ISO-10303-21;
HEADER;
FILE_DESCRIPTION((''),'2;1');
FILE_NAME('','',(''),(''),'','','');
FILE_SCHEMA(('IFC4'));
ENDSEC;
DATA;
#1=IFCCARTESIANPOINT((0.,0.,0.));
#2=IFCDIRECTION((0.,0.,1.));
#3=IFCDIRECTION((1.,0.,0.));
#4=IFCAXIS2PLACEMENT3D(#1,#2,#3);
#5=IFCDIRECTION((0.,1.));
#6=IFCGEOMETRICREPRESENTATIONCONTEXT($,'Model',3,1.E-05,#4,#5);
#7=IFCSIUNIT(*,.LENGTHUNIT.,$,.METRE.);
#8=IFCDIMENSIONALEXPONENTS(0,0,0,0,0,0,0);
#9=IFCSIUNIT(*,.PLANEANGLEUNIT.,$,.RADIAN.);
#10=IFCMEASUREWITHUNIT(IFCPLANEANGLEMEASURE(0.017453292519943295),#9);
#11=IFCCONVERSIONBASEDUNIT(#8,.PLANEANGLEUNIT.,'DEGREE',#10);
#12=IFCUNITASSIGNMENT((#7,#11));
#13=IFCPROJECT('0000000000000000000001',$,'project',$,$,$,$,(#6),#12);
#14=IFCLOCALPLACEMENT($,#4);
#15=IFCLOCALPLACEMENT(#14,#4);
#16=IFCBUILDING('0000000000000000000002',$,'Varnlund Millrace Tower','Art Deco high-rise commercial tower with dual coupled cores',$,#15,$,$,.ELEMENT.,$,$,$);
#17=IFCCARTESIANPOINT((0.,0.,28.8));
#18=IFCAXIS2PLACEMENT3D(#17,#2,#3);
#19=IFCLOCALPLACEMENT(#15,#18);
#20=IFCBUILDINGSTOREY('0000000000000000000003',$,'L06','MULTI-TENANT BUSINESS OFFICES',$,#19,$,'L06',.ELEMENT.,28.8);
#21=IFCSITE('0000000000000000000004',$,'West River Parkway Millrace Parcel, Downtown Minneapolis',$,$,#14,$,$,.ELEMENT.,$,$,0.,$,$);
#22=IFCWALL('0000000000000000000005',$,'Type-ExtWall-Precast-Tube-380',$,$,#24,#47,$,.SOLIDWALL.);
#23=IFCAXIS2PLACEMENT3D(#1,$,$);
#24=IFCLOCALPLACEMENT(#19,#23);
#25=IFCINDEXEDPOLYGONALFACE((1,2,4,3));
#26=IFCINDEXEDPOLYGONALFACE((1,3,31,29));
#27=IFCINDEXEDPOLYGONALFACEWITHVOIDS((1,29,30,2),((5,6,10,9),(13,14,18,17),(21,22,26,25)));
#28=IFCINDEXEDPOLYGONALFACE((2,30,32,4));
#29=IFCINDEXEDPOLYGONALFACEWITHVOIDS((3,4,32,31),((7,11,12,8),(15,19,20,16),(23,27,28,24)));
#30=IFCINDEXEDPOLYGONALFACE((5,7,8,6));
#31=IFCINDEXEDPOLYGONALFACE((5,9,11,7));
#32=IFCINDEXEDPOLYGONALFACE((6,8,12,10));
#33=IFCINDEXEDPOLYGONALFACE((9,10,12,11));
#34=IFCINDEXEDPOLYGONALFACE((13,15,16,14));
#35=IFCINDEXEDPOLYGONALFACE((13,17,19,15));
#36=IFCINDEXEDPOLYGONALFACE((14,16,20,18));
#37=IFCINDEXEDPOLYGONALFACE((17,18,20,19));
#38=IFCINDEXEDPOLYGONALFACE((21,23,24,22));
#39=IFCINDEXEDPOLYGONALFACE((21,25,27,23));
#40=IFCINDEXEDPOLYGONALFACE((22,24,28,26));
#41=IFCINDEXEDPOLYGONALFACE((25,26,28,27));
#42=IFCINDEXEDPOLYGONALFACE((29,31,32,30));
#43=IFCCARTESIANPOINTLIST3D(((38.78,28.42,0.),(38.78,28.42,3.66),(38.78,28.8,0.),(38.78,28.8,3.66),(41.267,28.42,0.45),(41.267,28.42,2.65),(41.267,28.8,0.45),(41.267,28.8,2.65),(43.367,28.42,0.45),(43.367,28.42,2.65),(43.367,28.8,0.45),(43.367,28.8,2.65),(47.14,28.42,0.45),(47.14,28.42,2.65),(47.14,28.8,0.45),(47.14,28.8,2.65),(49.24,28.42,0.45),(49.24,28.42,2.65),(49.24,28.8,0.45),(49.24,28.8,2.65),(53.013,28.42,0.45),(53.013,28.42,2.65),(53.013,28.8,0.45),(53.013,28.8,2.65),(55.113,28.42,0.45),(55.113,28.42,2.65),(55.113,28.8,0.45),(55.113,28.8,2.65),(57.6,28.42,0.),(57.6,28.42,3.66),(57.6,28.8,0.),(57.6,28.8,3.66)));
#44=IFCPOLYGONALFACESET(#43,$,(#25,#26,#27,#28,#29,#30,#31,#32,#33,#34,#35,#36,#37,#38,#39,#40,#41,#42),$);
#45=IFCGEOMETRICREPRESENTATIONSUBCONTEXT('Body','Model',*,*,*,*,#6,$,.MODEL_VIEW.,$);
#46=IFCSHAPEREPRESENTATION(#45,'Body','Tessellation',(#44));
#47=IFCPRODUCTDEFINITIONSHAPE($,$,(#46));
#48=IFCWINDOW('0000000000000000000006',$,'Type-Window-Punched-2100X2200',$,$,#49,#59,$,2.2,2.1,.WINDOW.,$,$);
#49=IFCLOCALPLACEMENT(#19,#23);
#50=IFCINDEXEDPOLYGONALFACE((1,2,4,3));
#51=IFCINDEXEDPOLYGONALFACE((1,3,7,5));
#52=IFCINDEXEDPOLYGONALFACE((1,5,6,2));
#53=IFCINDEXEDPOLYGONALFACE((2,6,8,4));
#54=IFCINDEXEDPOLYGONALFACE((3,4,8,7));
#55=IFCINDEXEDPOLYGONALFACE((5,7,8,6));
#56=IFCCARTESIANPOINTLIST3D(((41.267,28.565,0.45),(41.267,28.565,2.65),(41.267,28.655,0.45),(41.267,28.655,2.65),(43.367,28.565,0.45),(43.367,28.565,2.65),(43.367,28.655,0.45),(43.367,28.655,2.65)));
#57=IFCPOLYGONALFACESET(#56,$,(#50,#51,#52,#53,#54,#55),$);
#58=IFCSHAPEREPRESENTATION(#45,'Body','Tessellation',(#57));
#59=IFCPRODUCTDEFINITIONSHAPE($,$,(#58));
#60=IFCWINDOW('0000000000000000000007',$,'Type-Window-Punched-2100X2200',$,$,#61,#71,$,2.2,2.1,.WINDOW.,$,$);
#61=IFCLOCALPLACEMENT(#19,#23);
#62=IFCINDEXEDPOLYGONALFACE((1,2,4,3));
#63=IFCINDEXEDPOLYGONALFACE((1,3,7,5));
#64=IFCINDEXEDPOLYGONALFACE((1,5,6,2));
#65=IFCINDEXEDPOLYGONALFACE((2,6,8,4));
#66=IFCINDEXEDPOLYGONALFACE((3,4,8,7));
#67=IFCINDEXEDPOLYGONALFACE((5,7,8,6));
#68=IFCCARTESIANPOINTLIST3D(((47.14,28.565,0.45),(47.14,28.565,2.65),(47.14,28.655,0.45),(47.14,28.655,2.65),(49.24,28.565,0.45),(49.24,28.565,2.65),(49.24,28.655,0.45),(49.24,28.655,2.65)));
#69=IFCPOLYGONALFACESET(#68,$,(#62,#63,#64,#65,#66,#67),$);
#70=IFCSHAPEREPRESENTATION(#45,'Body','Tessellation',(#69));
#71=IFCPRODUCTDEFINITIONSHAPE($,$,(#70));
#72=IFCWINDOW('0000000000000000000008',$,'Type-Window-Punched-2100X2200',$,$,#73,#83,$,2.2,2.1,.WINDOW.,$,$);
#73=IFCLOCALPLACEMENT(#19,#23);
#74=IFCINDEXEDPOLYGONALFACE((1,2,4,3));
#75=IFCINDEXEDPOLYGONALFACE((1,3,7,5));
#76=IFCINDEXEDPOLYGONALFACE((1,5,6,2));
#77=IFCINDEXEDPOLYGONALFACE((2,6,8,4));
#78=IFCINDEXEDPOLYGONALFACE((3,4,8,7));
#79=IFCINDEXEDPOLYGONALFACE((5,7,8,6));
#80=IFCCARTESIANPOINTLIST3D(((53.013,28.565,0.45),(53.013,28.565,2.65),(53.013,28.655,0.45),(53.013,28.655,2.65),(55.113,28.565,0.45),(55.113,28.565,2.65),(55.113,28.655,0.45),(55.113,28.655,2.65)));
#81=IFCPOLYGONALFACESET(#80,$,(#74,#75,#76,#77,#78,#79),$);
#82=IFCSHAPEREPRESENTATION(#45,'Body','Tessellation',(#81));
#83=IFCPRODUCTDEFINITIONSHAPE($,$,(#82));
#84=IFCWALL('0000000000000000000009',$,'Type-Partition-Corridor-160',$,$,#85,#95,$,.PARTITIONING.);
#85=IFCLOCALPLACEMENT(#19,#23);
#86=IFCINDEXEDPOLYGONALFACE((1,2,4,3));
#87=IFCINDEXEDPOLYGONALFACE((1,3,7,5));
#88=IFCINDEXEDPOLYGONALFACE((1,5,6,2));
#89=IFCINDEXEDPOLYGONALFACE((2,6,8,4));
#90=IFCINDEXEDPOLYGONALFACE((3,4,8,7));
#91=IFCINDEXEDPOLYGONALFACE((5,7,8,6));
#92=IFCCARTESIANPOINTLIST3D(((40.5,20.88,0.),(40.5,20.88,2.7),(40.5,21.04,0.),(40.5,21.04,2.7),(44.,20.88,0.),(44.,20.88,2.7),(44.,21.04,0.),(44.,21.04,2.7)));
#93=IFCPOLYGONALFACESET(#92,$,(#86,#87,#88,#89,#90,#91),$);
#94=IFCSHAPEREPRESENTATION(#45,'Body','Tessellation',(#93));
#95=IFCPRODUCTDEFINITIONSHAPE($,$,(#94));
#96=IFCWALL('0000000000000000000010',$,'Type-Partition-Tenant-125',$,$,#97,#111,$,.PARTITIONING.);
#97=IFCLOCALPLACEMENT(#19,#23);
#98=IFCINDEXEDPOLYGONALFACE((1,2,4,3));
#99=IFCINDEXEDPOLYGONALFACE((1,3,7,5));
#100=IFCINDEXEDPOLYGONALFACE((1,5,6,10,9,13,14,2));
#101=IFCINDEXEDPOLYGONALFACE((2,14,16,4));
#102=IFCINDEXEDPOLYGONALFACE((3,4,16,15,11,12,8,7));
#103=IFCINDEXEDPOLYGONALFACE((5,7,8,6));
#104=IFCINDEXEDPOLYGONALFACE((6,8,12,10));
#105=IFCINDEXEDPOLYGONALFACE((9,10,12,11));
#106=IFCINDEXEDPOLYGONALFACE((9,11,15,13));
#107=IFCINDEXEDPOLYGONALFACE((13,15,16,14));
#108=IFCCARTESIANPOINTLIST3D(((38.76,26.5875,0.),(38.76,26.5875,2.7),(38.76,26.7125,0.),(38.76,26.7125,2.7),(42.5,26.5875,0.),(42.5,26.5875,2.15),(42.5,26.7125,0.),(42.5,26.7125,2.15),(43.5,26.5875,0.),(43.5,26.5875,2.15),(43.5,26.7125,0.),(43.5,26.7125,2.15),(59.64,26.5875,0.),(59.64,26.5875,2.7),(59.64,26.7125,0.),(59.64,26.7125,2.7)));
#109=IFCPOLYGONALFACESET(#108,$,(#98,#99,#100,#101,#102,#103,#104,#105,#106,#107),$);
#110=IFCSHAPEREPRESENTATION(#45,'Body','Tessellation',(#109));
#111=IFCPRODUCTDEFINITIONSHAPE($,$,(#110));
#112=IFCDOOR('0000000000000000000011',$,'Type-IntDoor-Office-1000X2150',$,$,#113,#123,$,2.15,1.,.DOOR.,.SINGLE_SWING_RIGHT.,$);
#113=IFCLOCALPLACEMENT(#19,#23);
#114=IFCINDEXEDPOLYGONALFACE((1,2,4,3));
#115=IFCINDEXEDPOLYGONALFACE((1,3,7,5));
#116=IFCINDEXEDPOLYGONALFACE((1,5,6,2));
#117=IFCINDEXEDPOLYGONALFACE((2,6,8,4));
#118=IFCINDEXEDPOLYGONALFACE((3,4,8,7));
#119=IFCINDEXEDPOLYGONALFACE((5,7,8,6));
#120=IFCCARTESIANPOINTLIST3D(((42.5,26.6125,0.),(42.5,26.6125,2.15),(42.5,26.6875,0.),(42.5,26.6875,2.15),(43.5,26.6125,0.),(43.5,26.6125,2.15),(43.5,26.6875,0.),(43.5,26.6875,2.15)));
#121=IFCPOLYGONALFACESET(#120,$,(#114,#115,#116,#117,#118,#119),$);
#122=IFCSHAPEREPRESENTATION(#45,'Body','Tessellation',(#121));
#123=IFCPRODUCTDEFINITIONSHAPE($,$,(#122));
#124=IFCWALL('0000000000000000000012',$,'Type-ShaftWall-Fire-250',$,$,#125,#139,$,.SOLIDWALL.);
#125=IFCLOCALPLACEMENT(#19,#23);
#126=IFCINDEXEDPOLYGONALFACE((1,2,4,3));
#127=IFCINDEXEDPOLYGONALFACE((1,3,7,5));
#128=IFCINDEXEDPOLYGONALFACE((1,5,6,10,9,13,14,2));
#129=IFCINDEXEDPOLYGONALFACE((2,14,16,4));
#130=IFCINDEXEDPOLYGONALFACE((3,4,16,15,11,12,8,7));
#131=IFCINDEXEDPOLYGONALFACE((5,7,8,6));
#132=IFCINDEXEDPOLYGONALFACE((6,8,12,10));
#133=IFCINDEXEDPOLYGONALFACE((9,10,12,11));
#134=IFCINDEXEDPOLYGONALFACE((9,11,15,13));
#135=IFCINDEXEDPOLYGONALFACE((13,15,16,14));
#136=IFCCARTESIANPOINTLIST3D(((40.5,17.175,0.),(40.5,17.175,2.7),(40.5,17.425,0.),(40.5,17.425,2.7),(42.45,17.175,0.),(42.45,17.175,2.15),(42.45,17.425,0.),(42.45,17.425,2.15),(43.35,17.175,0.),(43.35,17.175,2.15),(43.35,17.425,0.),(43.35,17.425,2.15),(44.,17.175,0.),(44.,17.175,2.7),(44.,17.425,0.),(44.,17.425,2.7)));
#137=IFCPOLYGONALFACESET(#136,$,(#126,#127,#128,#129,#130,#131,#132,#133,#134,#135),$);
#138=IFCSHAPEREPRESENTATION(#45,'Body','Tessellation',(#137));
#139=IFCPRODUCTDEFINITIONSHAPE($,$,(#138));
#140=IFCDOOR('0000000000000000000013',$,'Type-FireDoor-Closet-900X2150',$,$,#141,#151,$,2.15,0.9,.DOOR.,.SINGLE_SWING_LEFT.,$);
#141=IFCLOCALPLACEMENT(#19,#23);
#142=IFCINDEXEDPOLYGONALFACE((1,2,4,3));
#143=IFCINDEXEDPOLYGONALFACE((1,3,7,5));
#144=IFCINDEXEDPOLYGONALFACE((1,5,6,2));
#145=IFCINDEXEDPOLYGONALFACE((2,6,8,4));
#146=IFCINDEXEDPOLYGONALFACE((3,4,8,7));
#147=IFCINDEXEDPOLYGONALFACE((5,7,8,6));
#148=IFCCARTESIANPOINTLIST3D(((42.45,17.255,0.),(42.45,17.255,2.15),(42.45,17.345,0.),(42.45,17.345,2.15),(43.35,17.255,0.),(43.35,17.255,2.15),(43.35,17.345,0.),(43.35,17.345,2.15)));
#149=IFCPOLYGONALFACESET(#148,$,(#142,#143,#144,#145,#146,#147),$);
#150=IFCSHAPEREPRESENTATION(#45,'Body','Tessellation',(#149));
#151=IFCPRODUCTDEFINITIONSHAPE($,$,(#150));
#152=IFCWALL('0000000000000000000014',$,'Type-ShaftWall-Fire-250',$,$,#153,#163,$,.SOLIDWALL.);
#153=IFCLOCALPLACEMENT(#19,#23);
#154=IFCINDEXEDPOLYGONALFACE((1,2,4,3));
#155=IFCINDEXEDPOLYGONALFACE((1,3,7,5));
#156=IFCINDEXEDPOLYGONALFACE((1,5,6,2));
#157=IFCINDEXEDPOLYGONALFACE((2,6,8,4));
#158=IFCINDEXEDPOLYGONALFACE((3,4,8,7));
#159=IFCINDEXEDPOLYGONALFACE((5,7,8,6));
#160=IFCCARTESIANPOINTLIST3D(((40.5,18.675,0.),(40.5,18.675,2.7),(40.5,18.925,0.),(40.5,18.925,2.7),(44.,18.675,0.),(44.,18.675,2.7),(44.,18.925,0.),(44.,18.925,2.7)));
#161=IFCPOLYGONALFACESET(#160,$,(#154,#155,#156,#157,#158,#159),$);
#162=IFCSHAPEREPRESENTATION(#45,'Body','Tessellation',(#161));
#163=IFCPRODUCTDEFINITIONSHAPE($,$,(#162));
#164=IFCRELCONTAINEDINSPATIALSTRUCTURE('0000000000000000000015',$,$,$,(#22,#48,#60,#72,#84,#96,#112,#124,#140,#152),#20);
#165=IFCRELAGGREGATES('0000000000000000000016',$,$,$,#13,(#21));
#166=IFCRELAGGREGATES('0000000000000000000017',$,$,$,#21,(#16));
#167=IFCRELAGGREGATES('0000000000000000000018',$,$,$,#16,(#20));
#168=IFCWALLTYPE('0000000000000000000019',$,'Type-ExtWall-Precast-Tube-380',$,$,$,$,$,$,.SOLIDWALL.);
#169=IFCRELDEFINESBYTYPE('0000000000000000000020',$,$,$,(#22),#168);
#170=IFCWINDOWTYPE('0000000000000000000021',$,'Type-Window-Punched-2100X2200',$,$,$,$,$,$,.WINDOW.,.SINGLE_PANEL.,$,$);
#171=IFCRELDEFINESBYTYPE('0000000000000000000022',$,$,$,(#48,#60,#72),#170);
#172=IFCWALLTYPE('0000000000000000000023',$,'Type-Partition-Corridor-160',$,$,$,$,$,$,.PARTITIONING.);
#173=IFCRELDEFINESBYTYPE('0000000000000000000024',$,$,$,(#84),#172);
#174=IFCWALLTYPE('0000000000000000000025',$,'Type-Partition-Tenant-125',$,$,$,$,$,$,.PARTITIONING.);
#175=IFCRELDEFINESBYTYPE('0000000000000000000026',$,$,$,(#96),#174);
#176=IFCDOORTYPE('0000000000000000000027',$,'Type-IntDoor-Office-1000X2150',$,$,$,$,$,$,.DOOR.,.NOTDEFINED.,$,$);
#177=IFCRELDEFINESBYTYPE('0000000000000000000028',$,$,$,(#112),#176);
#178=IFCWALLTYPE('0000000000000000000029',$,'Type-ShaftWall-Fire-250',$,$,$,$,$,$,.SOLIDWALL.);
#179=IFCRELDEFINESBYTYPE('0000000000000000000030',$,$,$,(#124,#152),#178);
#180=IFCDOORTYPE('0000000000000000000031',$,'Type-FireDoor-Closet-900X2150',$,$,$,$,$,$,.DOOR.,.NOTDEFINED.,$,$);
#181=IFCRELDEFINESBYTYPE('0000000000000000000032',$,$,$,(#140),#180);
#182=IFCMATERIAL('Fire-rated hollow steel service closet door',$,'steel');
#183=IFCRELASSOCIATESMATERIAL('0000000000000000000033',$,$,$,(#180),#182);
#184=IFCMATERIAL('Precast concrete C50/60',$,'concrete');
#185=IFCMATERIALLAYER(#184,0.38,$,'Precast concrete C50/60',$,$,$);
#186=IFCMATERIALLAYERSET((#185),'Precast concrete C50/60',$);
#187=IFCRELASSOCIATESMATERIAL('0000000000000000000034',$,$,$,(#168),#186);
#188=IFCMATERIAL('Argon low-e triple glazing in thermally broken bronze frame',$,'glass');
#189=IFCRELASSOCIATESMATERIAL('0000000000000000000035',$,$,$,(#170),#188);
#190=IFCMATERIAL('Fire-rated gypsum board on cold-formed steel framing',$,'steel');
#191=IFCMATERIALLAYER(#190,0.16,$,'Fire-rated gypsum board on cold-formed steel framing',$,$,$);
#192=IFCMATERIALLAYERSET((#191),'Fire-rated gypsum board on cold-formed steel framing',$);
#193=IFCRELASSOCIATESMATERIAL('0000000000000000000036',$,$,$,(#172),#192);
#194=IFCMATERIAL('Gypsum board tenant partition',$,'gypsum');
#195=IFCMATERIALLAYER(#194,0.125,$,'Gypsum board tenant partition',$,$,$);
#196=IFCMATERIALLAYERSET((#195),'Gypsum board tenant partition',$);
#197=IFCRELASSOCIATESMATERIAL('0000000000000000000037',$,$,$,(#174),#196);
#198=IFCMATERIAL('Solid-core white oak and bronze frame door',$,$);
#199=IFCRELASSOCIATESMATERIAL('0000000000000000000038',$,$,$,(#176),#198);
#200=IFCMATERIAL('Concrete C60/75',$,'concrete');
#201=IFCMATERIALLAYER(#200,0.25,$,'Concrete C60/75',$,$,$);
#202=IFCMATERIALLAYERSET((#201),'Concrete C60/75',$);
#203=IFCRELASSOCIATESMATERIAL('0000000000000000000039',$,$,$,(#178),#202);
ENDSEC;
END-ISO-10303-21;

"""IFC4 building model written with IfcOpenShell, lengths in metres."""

from ifc_helpers import new_model, entity, si_unit, converted_unit, direction, frame, origin_with_axes, origin_2d_with_axis, place, context, subcontext, project, spatial, polyline, rectangle, outline, extrude, material, layer, layer_set, type_object, element, fill, save


model = new_model("IFC4")

# Units and contexts
model_context = context("Model", 3, precision=1e-05, world=origin_with_axes(), true_north=direction((0.0, 1.0)))
body_context = subcontext(model_context, "Body", "Model", "MODEL_VIEW")
ifc_project = project(units=[si_unit("LENGTHUNIT", "METRE"), converted_unit("PLANEANGLEUNIT", "DEGREE", entity("IfcPlaneAngleMeasure", 0.017453292519943295), si_unit("PLANEANGLEUNIT", "RADIAN"), dimensions=[0, 0, 0, 0, 0, 0, 0])], contexts=[model_context])

# Site, building, storey
site_placement = place(None, origin_with_axes())
site = spatial("IfcSite", under=ifc_project, at=site_placement, Name="West River Parkway Millrace Parcel, Downtown Minneapolis", CompositionType="ELEMENT", RefElevation=0.0)
building_placement = place(site_placement, origin_with_axes())
building = spatial("IfcBuilding", under=site, at=building_placement, Name="Varnlund Millrace Tower", Description="Art Deco high-rise commercial tower with dual coupled cores", CompositionType="ELEMENT")
storey_placement = place(building_placement, frame((0.0, 0.0, 28.8), z_axis=(0.0, 0.0, 1.0), x_axis=(1.0, 0.0, 0.0)))
storey = spatial("IfcBuildingStorey", under=building, at=storey_placement, Name="L06", Description="MULTI-TENANT BUSINESS OFFICES", LongName="L06", CompositionType="ELEMENT", Elevation=28.8)

# Shared definitions
ifc_material_1 = material(Name="Fire-rated hollow steel service closet door", Category="steel")
door_type_1 = type_object("IfcDoorType", Name="Type-FireDoor-Closet-900X2150", OperationType="NOTDEFINED", PredefinedType="DOOR", material=ifc_material_1)

# Wall, openings, windows
ifc_material_2 = material(Name="Precast concrete C50/60", Category="concrete")
ifc_layer_1 = layer(ifc_material_2, 0.38, Name="Precast concrete C50/60")
ifc_layer_set_1 = layer_set([ifc_layer_1], Name="Precast concrete C50/60")
wall_type_1 = type_object("IfcWallType", Name="Type-ExtWall-Precast-Tube-380", PredefinedType="SOLIDWALL", material=ifc_layer_set_1)
wall_1_placement = place(storey_placement, frame((38.78, 28.61, 0.0), z_axis=(0.0, 0.0, 1.0), x_axis=(1.0, 0.0, 0.0)))
wall_1 = element("IfcWall", 1, at=wall_1_placement, inside=storey, type_object=wall_type_1, Name="Type-ExtWall-Precast-Tube-380", PredefinedType="SOLIDWALL", context=body_context, shape_type="SweptSolid", body=[
    extrude(outline(polyline([(0.0, -0.19), (18.82, -0.19), (18.82, 0.19), (0.0, 0.19), (0.0, -0.19)])), origin_with_axes(), (0.0, 0.0, 1.0), 3.66),
])
opening_1_placement = place(wall_1_placement, frame((3.537, 0.0, 0.45), z_axis=(0.0, 0.0, 1.0), x_axis=(1.0, 0.0, 0.0)))
opening_1 = element("IfcOpeningElement", 2, at=opening_1_placement, cuts=wall_1, PredefinedType="OPENING", context=body_context, shape_type="SweptSolid", body=[
    extrude(rectangle(XDim=2.1, YDim=0.4, at=origin_2d_with_axis()), origin_with_axes(), (0.0, 0.0, 1.0), 2.2),
])
opening_2_placement = place(wall_1_placement, frame((9.41, 0.0, 0.45), z_axis=(0.0, 0.0, 1.0), x_axis=(1.0, 0.0, 0.0)))
opening_2 = element("IfcOpeningElement", 3, at=opening_2_placement, cuts=wall_1, PredefinedType="OPENING", context=body_context, shape_type="SweptSolid", body=[
    extrude(rectangle(XDim=2.1, YDim=0.4, at=origin_2d_with_axis()), origin_with_axes(), (0.0, 0.0, 1.0), 2.2),
])
opening_3_placement = place(wall_1_placement, frame((15.283, 0.0, 0.45), z_axis=(0.0, 0.0, 1.0), x_axis=(1.0, 0.0, 0.0)))
opening_3 = element("IfcOpeningElement", 4, at=opening_3_placement, cuts=wall_1, PredefinedType="OPENING", context=body_context, shape_type="SweptSolid", body=[
    extrude(rectangle(XDim=2.1, YDim=0.4, at=origin_2d_with_axis()), origin_with_axes(), (0.0, 0.0, 1.0), 2.2),
])
ifc_material_3 = material(Name="Argon low-e triple glazing in thermally broken bronze frame", Category="glass")
window_type = type_object("IfcWindowType", Name="Type-Window-Punched-2100X2200", PartitioningType="SINGLE_PANEL", PredefinedType="WINDOW", material=ifc_material_3)
window_1_placement = place(wall_1_placement, frame((3.537, 0.0, 0.45), z_axis=(0.0, 0.0, 1.0), x_axis=(1.0, 0.0, 0.0)))
window_1 = element("IfcWindow", 5, at=window_1_placement, inside=storey, type_object=window_type, Name="Type-Window-Punched-2100X2200", OverallHeight=2.2, OverallWidth=2.1, PredefinedType="WINDOW", context=body_context, shape_type="SweptSolid", body=[
    extrude(rectangle(XDim=2.1, YDim=0.09, at=origin_2d_with_axis()), origin_with_axes(), (0.0, 0.0, 1.0), 2.2),
])
fill(opening_1, window_1)
window_2_placement = place(wall_1_placement, frame((9.41, 0.0, 0.45), z_axis=(0.0, 0.0, 1.0), x_axis=(1.0, 0.0, 0.0)))
window_2 = element("IfcWindow", 6, at=window_2_placement, inside=storey, type_object=window_type, Name="Type-Window-Punched-2100X2200", OverallHeight=2.2, OverallWidth=2.1, PredefinedType="WINDOW", context=body_context, shape_type="SweptSolid", body=[
    extrude(rectangle(XDim=2.1, YDim=0.09, at=origin_2d_with_axis()), origin_with_axes(), (0.0, 0.0, 1.0), 2.2),
])
fill(opening_2, window_2)
window_3_placement = place(wall_1_placement, frame((15.283, 0.0, 0.45), z_axis=(0.0, 0.0, 1.0), x_axis=(1.0, 0.0, 0.0)))
window_3 = element("IfcWindow", 7, at=window_3_placement, inside=storey, type_object=window_type, Name="Type-Window-Punched-2100X2200", OverallHeight=2.2, OverallWidth=2.1, PredefinedType="WINDOW", context=body_context, shape_type="SweptSolid", body=[
    extrude(rectangle(XDim=2.1, YDim=0.09, at=origin_2d_with_axis()), origin_with_axes(), (0.0, 0.0, 1.0), 2.2),
])
fill(opening_3, window_3)

# Wall
ifc_material_4 = material(Name="Fire-rated gypsum board on cold-formed steel framing", Category="steel")
ifc_layer_2 = layer(ifc_material_4, 0.16, Name="Fire-rated gypsum board on cold-formed steel framing")
ifc_layer_set_2 = layer_set([ifc_layer_2], Name="Fire-rated gypsum board on cold-formed steel framing")
wall_type_2 = type_object("IfcWallType", Name="Type-Partition-Corridor-160", PredefinedType="PARTITIONING", material=ifc_layer_set_2)
wall_2_placement = place(storey_placement, frame((40.5, 20.96, 0.0), z_axis=(0.0, 0.0, 1.0), x_axis=(1.0, 0.0, 0.0)))
element("IfcWall", 8, at=wall_2_placement, inside=storey, type_object=wall_type_2, Name="Type-Partition-Corridor-160", PredefinedType="PARTITIONING", context=body_context, shape_type="SweptSolid", body=[
    extrude(outline(polyline([(0.0, -0.08), (3.5, -0.08), (3.5, 0.08), (0.0, 0.08), (0.0, -0.08)])), origin_with_axes(), (0.0, 0.0, 1.0), 2.7),
])

# Walls, openings, doors
ifc_material_5 = material(Name="Gypsum board tenant partition", Category="gypsum")
ifc_layer_3 = layer(ifc_material_5, 0.125, Name="Gypsum board tenant partition")
ifc_layer_set_3 = layer_set([ifc_layer_3], Name="Gypsum board tenant partition")
wall_type_3 = type_object("IfcWallType", Name="Type-Partition-Tenant-125", PredefinedType="PARTITIONING", material=ifc_layer_set_3)
wall_3_placement = place(storey_placement, frame((38.76, 26.65, 0.0), z_axis=(0.0, 0.0, 1.0), x_axis=(1.0, 0.0, 0.0)))
wall_3 = element("IfcWall", 9, at=wall_3_placement, inside=storey, type_object=wall_type_3, Name="Type-Partition-Tenant-125", PredefinedType="PARTITIONING", context=body_context, shape_type="SweptSolid", body=[
    extrude(outline(polyline([(0.0, -0.0625), (20.88, -0.0625), (20.88, 0.0625), (0.0, 0.0625), (0.0, -0.0625)])), origin_with_axes(), (0.0, 0.0, 1.0), 2.7),
])
opening_4_placement = place(wall_3_placement, frame((4.24, 0.0, 0.0), z_axis=(0.0, 0.0, 1.0), x_axis=(1.0, 0.0, 0.0)))
opening_4 = element("IfcOpeningElement", 10, at=opening_4_placement, cuts=wall_3, PredefinedType="OPENING", context=body_context, shape_type="SweptSolid", body=[
    extrude(rectangle(XDim=1.0, YDim=0.145, at=origin_2d_with_axis()), origin_with_axes(), (0.0, 0.0, 1.0), 2.15),
])
ifc_material_6 = material(Name="Solid-core white oak and bronze frame door")
door_type_2 = type_object("IfcDoorType", Name="Type-IntDoor-Office-1000X2150", OperationType="NOTDEFINED", PredefinedType="DOOR", material=ifc_material_6)
door_1_placement = place(wall_3_placement, frame((4.24, 0.0, 0.0), z_axis=(0.0, 0.0, 1.0), x_axis=(1.0, 0.0, 0.0)))
door_1 = element("IfcDoor", 11, at=door_1_placement, inside=storey, type_object=door_type_2, Name="Type-IntDoor-Office-1000X2150", OperationType="SINGLE_SWING_RIGHT", OverallHeight=2.15, OverallWidth=1.0, PredefinedType="DOOR", context=body_context, shape_type="SweptSolid", body=[
    extrude(rectangle(XDim=1.0, YDim=0.075, at=origin_2d_with_axis()), origin_with_axes(), (0.0, 0.0, 1.0), 2.15),
])
fill(opening_4, door_1)
ifc_material_7 = material(Name="Concrete C60/75", Category="concrete")
ifc_layer_4 = layer(ifc_material_7, 0.25, Name="Concrete C60/75")
ifc_layer_set_4 = layer_set([ifc_layer_4], Name="Concrete C60/75")
wall_type_4 = type_object("IfcWallType", Name="Type-ShaftWall-Fire-250", PredefinedType="SOLIDWALL", material=ifc_layer_set_4)
wall_4_placement = place(storey_placement, frame((40.5, 17.3, 0.0), z_axis=(0.0, 0.0, 1.0), x_axis=(1.0, 0.0, 0.0)))
wall_4 = element("IfcWall", 12, at=wall_4_placement, inside=storey, type_object=wall_type_4, Name="Type-ShaftWall-Fire-250", PredefinedType="SOLIDWALL", context=body_context, shape_type="SweptSolid", body=[
    extrude(outline(polyline([(0.0, -0.125), (3.5, -0.125), (3.5, 0.125), (0.0, 0.125), (0.0, -0.125)])), origin_with_axes(), (0.0, 0.0, 1.0), 2.7),
])
opening_5_placement = place(wall_4_placement, frame((2.4, 0.0, 0.0), z_axis=(0.0, 0.0, 1.0), x_axis=(1.0, 0.0, 0.0)))
opening_5 = element("IfcOpeningElement", 13, at=opening_5_placement, cuts=wall_4, PredefinedType="OPENING", context=body_context, shape_type="SweptSolid", body=[
    extrude(rectangle(XDim=0.9, YDim=0.27, at=origin_2d_with_axis()), origin_with_axes(), (0.0, 0.0, 1.0), 2.15),
])
door_2_placement = place(wall_4_placement, frame((2.4, 0.0, 0.0), z_axis=(0.0, 0.0, 1.0), x_axis=(1.0, 0.0, 0.0)))
door_2 = element("IfcDoor", 14, at=door_2_placement, inside=storey, type_object=door_type_1, Name="Type-FireDoor-Closet-900X2150", OperationType="SINGLE_SWING_LEFT", OverallHeight=2.15, OverallWidth=0.9, PredefinedType="DOOR", context=body_context, shape_type="SweptSolid", body=[
    extrude(rectangle(XDim=0.9, YDim=0.09, at=origin_2d_with_axis()), origin_with_axes(), (0.0, 0.0, 1.0), 2.15),
])
fill(opening_5, door_2)

# Wall
wall_5_placement = place(storey_placement, frame((40.5, 18.8, 0.0), z_axis=(0.0, 0.0, 1.0), x_axis=(1.0, 0.0, 0.0)))
element("IfcWall", 15, at=wall_5_placement, inside=storey, type_object=wall_type_4, Name="Type-ShaftWall-Fire-250", PredefinedType="SOLIDWALL", context=body_context, shape_type="SweptSolid", body=[
    extrude(outline(polyline([(0.0, -0.125), (3.5, -0.125), (3.5, 0.125), (0.0, 0.125), (0.0, -0.125)])), origin_with_axes(), (0.0, 0.0, 1.0), 2.7),
])

save(model, "model.ifc")
